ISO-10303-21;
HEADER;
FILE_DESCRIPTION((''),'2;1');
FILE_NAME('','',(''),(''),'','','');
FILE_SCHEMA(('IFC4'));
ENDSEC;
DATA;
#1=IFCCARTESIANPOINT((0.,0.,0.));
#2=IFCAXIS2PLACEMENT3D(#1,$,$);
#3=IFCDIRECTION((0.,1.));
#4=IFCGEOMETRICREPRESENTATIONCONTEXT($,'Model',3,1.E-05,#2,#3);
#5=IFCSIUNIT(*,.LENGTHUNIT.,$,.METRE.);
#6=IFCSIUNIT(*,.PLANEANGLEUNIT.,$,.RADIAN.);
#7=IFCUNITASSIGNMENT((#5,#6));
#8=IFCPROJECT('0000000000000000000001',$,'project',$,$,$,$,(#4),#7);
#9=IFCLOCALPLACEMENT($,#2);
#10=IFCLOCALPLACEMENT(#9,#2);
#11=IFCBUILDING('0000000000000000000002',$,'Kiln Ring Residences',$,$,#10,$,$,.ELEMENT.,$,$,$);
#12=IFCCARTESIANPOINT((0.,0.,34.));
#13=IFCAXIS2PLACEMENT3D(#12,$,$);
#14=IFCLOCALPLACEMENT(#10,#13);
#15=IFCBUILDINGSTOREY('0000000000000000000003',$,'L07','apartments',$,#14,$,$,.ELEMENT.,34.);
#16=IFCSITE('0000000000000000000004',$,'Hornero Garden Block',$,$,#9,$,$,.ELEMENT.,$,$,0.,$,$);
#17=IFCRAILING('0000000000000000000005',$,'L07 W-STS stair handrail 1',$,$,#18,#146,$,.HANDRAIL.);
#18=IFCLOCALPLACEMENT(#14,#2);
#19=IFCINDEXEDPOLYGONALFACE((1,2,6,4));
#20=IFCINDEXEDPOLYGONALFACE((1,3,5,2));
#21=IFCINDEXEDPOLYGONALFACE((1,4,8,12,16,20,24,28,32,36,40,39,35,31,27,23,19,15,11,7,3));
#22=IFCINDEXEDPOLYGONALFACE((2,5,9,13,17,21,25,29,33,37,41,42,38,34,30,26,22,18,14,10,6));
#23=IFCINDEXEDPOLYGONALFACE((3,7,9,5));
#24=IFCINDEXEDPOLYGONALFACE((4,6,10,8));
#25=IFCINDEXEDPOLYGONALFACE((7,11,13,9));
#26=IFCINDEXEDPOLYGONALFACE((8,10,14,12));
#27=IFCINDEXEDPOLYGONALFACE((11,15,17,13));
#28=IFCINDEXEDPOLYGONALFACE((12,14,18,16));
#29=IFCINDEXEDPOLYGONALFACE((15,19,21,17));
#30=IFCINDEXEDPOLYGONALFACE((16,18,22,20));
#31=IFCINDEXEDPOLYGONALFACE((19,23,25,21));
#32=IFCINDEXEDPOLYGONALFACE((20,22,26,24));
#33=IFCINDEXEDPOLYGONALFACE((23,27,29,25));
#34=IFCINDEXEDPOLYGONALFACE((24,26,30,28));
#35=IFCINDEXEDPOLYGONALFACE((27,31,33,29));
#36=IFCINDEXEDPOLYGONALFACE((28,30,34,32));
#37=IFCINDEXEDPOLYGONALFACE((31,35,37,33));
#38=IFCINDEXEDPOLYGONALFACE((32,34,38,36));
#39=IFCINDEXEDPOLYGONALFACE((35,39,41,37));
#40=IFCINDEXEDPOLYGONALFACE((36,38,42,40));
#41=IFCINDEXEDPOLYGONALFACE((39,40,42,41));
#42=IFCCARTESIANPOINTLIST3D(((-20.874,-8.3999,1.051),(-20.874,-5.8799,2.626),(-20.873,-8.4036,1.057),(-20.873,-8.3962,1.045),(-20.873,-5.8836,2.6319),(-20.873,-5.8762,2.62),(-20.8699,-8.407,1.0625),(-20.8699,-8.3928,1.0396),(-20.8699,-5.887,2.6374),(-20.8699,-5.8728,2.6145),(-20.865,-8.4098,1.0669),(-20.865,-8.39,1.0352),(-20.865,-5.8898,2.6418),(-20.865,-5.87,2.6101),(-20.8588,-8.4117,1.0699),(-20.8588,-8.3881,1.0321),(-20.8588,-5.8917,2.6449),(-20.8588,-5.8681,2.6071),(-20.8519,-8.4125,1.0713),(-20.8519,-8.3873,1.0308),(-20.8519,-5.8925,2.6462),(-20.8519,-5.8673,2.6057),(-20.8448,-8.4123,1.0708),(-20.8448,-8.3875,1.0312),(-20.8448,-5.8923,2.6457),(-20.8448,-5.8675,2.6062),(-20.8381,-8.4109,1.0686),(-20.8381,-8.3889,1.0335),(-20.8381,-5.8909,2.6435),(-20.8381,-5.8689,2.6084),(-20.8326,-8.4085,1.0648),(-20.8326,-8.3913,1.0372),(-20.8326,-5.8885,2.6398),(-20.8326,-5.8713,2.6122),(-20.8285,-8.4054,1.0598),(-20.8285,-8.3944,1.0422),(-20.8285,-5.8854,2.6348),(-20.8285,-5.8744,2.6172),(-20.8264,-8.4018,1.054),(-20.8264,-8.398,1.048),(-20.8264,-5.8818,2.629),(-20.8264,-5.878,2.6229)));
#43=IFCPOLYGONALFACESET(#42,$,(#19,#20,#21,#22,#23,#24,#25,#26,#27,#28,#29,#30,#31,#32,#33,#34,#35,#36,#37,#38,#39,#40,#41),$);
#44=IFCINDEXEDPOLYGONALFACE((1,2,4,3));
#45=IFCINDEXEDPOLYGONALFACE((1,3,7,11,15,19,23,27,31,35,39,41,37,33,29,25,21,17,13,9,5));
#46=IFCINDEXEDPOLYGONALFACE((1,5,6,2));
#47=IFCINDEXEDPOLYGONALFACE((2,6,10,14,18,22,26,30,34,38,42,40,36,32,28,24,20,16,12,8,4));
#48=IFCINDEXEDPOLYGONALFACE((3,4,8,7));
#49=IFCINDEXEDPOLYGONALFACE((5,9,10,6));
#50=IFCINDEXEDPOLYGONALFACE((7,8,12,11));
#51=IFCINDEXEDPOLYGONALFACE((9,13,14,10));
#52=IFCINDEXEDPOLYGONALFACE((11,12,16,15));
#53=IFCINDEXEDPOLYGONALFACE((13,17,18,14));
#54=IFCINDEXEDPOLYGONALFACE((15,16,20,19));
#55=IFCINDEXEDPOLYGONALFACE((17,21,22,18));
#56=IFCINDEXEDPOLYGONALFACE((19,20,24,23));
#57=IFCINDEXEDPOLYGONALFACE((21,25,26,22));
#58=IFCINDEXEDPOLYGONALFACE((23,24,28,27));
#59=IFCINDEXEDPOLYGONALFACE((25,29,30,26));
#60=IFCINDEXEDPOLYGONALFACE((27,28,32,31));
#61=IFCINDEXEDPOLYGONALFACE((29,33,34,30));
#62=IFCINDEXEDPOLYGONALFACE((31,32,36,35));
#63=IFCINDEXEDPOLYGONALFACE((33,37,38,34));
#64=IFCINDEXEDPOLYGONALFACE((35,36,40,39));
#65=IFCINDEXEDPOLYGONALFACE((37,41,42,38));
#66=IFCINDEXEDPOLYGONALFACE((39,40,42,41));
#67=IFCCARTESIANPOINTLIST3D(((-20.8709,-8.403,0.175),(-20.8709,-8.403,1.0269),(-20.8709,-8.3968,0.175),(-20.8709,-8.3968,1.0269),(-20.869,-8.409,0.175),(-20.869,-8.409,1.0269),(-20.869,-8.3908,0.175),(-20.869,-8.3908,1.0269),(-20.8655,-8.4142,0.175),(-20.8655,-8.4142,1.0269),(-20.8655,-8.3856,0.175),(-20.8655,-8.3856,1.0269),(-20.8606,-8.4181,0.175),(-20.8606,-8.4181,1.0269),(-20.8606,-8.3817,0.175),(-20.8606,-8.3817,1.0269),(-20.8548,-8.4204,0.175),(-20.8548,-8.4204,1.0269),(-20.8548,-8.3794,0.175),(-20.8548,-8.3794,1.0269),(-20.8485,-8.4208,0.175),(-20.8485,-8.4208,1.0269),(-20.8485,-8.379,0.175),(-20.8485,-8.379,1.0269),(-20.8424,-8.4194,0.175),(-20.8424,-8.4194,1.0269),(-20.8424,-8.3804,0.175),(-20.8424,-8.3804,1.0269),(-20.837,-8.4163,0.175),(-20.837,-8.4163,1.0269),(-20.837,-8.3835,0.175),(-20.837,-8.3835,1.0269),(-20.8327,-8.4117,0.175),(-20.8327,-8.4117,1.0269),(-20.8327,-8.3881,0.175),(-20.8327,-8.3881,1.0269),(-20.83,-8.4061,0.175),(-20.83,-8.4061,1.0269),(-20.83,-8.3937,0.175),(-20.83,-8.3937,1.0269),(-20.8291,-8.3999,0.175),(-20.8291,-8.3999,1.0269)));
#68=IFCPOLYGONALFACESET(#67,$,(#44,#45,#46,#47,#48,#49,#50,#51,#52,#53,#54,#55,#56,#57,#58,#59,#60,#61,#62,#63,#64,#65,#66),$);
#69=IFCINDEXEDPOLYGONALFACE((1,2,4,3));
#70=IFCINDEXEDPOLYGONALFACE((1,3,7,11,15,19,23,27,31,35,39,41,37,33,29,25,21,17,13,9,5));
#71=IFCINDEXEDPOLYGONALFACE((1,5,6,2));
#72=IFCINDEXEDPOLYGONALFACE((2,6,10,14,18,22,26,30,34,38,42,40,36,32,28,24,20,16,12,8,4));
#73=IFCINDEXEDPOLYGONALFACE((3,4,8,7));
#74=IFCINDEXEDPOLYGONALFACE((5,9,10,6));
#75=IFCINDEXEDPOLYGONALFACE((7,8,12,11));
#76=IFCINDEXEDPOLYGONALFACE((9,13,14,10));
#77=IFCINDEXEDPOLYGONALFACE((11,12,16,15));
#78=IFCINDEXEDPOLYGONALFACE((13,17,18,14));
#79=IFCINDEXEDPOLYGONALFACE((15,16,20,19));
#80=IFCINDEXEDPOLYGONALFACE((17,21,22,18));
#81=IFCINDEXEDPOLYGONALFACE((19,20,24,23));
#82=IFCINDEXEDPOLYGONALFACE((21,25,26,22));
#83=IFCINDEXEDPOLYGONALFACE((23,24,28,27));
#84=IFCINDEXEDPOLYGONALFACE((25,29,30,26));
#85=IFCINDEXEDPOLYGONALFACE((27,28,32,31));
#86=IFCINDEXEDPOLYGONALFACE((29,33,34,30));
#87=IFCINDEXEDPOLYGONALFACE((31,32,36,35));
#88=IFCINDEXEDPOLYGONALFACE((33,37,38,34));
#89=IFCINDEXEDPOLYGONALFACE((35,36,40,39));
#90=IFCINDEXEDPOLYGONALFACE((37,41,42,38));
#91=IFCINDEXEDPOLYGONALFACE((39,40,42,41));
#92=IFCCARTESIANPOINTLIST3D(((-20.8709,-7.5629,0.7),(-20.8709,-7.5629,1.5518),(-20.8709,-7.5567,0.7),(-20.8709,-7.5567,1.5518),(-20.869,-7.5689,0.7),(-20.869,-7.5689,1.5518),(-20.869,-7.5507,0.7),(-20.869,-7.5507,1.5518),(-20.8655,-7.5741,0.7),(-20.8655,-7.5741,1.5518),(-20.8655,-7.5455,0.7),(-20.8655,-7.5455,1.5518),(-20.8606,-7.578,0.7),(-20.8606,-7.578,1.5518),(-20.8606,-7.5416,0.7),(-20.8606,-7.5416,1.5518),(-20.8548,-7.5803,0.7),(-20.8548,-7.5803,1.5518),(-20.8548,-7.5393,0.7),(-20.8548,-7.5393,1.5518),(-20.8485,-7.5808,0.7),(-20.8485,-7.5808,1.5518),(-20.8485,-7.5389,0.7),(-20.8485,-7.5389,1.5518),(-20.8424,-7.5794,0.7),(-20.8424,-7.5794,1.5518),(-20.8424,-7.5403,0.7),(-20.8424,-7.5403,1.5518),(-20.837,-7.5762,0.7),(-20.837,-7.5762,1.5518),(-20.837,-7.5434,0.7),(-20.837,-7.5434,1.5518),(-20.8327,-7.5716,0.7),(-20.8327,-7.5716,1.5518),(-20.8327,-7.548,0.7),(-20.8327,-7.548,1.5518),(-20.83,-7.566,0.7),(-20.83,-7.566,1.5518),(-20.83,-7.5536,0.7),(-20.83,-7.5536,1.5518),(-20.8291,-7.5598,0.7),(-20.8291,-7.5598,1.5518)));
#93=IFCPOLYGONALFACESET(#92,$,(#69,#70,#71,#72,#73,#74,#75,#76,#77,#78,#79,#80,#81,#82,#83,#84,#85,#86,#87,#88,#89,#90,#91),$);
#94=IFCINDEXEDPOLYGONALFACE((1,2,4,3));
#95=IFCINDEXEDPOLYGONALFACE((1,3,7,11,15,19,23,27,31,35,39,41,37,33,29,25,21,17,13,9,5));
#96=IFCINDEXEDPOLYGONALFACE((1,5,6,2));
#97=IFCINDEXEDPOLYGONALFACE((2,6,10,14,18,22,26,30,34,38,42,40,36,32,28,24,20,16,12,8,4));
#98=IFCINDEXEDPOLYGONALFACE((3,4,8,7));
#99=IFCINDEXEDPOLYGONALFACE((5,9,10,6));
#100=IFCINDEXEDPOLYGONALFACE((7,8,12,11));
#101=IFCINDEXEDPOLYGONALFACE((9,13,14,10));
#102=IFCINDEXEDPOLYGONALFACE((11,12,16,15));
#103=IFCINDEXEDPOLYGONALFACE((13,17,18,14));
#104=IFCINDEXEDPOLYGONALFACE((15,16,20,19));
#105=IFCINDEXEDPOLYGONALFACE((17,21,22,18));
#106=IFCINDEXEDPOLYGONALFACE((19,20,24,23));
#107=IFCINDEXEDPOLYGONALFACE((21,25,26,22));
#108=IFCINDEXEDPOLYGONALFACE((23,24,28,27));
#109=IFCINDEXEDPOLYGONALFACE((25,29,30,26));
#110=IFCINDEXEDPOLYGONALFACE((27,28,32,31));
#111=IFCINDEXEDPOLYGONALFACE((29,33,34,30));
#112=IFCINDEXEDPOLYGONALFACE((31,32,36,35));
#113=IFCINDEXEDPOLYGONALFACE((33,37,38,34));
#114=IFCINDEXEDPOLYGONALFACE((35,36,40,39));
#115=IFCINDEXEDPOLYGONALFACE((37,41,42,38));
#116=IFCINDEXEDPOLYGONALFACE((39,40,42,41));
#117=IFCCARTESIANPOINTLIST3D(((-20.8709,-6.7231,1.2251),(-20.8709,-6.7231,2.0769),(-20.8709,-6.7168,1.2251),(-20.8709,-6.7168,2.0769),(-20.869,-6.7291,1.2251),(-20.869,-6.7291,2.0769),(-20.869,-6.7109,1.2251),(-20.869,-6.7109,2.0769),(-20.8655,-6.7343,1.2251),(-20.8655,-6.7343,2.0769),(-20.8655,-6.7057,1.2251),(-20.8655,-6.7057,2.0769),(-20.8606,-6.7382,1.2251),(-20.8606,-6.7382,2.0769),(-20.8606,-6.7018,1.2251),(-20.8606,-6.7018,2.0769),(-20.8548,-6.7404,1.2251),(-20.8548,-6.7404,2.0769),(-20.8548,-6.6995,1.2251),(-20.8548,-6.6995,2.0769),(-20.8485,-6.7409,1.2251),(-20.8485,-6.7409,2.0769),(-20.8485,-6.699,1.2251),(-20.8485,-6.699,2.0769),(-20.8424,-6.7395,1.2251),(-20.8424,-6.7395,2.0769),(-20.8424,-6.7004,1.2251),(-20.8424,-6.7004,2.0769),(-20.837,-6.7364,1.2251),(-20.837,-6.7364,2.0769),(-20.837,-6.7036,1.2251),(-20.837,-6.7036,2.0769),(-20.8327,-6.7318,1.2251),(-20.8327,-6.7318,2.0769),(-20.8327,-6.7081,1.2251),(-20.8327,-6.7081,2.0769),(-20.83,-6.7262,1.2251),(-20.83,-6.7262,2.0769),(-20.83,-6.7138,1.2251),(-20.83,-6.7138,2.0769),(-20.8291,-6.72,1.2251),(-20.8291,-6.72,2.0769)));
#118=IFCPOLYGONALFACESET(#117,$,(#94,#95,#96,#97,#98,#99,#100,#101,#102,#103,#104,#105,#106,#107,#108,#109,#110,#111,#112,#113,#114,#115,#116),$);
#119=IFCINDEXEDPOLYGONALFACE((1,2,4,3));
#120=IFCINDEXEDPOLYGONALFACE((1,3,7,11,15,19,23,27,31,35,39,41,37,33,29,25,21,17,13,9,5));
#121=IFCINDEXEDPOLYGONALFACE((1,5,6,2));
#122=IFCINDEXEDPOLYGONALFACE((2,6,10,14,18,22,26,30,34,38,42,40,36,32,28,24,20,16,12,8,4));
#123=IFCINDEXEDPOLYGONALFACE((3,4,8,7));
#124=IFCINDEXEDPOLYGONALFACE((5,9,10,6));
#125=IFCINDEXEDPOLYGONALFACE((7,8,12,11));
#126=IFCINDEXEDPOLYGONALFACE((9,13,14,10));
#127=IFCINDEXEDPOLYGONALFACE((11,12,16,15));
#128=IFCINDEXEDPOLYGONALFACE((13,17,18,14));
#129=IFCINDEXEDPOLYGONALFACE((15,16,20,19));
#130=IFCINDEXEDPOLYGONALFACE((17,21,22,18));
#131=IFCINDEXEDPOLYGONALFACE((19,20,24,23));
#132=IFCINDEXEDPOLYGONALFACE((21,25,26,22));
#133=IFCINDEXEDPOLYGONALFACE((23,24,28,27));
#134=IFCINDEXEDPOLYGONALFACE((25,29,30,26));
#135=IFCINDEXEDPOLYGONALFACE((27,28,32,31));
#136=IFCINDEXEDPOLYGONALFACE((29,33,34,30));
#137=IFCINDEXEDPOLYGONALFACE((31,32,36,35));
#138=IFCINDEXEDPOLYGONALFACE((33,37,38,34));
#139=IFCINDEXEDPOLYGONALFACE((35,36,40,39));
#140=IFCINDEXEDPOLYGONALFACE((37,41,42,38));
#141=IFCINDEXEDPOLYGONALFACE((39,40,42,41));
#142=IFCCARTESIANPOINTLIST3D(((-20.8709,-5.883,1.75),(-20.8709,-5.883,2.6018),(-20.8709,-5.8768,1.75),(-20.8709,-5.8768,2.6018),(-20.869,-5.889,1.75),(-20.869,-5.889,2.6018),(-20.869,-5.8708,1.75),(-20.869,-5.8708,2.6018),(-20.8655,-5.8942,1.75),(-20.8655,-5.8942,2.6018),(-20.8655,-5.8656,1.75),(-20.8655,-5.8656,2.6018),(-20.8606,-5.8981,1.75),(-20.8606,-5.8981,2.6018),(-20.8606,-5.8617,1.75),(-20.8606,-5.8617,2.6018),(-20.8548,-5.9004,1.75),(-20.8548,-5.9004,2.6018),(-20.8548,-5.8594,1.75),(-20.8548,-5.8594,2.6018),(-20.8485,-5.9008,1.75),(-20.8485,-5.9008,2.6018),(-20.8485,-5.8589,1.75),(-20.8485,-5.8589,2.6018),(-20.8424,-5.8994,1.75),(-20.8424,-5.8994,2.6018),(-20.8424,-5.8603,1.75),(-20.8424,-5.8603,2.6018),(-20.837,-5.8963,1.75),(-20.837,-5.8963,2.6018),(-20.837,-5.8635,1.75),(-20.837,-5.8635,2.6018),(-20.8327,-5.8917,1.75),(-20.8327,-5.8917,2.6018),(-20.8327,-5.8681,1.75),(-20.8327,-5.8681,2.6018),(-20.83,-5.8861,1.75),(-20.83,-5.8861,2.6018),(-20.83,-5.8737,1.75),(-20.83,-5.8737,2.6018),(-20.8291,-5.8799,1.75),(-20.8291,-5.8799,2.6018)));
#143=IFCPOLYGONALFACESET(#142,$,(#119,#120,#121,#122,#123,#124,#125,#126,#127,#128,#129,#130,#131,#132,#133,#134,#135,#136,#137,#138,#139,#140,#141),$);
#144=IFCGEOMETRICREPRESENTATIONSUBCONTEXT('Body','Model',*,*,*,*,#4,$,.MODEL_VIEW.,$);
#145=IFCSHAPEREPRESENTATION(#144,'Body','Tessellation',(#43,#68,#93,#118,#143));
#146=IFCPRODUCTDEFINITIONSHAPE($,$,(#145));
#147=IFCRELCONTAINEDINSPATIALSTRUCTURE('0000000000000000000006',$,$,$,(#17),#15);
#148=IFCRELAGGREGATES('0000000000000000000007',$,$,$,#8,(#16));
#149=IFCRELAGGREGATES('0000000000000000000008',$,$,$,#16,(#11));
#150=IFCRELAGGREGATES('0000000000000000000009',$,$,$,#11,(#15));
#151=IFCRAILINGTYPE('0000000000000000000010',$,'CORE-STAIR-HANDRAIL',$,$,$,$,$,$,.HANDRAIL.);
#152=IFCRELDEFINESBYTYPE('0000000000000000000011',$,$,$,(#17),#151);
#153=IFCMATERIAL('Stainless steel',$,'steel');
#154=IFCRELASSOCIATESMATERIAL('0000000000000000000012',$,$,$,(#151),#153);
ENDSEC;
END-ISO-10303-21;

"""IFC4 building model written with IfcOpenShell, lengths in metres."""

from ifc_helpers import new_model, si_unit, direction, frame, origin, origin_2d, place, context, subcontext, project, spatial, circle, extrude, material, type_object, element, save


model = new_model("IFC4")

# Units and contexts
model_context = context("Model", 3, precision=1e-05, world=origin(), true_north=direction((0.0, 1.0)))
body_context = subcontext(model_context, "Body", "Model", "MODEL_VIEW")
ifc_project = project(units=[si_unit("LENGTHUNIT", "METRE"), si_unit("PLANEANGLEUNIT", "RADIAN")], contexts=[model_context])

# Site, building, storey
site_placement = place(None, origin())
site = spatial("IfcSite", under=ifc_project, at=site_placement, Name="Hornero Garden Block", CompositionType="ELEMENT", RefElevation=0.0)
building_placement = place(site_placement, origin())
building = spatial("IfcBuilding", under=site, at=building_placement, Name="Kiln Ring Residences", CompositionType="ELEMENT")
storey_placement = place(building_placement, frame((0.0, 0.0, 34.0)))
storey = spatial("IfcBuildingStorey", under=building, at=storey_placement, Name="L07", Description="apartments", CompositionType="ELEMENT", Elevation=34.0)

# Railing
ifc_material_1 = material(Name="Stainless steel", Category="steel")
railing_type_1 = type_object("IfcRailingType", Name="CORE-STAIR-HANDRAIL", PredefinedType="HANDRAIL", material=ifc_material_1)
railing_1_placement = place(storey_placement, frame((-20.8501, -8.3999, 0.175)))
element("IfcRailing", 1, at=railing_1_placement, inside=storey, type_object=railing_type_1, Name="L07 W-STS stair handrail 1", PredefinedType="HANDRAIL", context=body_context, shape_type="SweptSolid", body=[
    extrude(circle(Radius=0.0239, at=origin_2d()), frame((0.0, 0.0, 0.876), z_axis=(0.0, 0.848008, 0.529984), x_axis=(-1.0, 0.0, 0.0)), (0.0, 0.0, 1.0), 2.9717),
    extrude(circle(Radius=0.021, at=origin_2d()), origin(), (0.0, 0.0, 1.0), 0.8518),
    extrude(circle(Radius=0.021, at=origin_2d()), frame((0.0, 0.8401, 0.5249)), (0.0, 0.0, 1.0), 0.8518),
    extrude(circle(Radius=0.021, at=origin_2d()), frame((0.0, 1.6799, 1.05)), (0.0, 0.0, 1.0), 0.8518),
    extrude(circle(Radius=0.021, at=origin_2d()), frame((0.0, 2.52, 1.575)), (0.0, 0.0, 1.0), 0.8518),
])

save(model, "model.ifc")
